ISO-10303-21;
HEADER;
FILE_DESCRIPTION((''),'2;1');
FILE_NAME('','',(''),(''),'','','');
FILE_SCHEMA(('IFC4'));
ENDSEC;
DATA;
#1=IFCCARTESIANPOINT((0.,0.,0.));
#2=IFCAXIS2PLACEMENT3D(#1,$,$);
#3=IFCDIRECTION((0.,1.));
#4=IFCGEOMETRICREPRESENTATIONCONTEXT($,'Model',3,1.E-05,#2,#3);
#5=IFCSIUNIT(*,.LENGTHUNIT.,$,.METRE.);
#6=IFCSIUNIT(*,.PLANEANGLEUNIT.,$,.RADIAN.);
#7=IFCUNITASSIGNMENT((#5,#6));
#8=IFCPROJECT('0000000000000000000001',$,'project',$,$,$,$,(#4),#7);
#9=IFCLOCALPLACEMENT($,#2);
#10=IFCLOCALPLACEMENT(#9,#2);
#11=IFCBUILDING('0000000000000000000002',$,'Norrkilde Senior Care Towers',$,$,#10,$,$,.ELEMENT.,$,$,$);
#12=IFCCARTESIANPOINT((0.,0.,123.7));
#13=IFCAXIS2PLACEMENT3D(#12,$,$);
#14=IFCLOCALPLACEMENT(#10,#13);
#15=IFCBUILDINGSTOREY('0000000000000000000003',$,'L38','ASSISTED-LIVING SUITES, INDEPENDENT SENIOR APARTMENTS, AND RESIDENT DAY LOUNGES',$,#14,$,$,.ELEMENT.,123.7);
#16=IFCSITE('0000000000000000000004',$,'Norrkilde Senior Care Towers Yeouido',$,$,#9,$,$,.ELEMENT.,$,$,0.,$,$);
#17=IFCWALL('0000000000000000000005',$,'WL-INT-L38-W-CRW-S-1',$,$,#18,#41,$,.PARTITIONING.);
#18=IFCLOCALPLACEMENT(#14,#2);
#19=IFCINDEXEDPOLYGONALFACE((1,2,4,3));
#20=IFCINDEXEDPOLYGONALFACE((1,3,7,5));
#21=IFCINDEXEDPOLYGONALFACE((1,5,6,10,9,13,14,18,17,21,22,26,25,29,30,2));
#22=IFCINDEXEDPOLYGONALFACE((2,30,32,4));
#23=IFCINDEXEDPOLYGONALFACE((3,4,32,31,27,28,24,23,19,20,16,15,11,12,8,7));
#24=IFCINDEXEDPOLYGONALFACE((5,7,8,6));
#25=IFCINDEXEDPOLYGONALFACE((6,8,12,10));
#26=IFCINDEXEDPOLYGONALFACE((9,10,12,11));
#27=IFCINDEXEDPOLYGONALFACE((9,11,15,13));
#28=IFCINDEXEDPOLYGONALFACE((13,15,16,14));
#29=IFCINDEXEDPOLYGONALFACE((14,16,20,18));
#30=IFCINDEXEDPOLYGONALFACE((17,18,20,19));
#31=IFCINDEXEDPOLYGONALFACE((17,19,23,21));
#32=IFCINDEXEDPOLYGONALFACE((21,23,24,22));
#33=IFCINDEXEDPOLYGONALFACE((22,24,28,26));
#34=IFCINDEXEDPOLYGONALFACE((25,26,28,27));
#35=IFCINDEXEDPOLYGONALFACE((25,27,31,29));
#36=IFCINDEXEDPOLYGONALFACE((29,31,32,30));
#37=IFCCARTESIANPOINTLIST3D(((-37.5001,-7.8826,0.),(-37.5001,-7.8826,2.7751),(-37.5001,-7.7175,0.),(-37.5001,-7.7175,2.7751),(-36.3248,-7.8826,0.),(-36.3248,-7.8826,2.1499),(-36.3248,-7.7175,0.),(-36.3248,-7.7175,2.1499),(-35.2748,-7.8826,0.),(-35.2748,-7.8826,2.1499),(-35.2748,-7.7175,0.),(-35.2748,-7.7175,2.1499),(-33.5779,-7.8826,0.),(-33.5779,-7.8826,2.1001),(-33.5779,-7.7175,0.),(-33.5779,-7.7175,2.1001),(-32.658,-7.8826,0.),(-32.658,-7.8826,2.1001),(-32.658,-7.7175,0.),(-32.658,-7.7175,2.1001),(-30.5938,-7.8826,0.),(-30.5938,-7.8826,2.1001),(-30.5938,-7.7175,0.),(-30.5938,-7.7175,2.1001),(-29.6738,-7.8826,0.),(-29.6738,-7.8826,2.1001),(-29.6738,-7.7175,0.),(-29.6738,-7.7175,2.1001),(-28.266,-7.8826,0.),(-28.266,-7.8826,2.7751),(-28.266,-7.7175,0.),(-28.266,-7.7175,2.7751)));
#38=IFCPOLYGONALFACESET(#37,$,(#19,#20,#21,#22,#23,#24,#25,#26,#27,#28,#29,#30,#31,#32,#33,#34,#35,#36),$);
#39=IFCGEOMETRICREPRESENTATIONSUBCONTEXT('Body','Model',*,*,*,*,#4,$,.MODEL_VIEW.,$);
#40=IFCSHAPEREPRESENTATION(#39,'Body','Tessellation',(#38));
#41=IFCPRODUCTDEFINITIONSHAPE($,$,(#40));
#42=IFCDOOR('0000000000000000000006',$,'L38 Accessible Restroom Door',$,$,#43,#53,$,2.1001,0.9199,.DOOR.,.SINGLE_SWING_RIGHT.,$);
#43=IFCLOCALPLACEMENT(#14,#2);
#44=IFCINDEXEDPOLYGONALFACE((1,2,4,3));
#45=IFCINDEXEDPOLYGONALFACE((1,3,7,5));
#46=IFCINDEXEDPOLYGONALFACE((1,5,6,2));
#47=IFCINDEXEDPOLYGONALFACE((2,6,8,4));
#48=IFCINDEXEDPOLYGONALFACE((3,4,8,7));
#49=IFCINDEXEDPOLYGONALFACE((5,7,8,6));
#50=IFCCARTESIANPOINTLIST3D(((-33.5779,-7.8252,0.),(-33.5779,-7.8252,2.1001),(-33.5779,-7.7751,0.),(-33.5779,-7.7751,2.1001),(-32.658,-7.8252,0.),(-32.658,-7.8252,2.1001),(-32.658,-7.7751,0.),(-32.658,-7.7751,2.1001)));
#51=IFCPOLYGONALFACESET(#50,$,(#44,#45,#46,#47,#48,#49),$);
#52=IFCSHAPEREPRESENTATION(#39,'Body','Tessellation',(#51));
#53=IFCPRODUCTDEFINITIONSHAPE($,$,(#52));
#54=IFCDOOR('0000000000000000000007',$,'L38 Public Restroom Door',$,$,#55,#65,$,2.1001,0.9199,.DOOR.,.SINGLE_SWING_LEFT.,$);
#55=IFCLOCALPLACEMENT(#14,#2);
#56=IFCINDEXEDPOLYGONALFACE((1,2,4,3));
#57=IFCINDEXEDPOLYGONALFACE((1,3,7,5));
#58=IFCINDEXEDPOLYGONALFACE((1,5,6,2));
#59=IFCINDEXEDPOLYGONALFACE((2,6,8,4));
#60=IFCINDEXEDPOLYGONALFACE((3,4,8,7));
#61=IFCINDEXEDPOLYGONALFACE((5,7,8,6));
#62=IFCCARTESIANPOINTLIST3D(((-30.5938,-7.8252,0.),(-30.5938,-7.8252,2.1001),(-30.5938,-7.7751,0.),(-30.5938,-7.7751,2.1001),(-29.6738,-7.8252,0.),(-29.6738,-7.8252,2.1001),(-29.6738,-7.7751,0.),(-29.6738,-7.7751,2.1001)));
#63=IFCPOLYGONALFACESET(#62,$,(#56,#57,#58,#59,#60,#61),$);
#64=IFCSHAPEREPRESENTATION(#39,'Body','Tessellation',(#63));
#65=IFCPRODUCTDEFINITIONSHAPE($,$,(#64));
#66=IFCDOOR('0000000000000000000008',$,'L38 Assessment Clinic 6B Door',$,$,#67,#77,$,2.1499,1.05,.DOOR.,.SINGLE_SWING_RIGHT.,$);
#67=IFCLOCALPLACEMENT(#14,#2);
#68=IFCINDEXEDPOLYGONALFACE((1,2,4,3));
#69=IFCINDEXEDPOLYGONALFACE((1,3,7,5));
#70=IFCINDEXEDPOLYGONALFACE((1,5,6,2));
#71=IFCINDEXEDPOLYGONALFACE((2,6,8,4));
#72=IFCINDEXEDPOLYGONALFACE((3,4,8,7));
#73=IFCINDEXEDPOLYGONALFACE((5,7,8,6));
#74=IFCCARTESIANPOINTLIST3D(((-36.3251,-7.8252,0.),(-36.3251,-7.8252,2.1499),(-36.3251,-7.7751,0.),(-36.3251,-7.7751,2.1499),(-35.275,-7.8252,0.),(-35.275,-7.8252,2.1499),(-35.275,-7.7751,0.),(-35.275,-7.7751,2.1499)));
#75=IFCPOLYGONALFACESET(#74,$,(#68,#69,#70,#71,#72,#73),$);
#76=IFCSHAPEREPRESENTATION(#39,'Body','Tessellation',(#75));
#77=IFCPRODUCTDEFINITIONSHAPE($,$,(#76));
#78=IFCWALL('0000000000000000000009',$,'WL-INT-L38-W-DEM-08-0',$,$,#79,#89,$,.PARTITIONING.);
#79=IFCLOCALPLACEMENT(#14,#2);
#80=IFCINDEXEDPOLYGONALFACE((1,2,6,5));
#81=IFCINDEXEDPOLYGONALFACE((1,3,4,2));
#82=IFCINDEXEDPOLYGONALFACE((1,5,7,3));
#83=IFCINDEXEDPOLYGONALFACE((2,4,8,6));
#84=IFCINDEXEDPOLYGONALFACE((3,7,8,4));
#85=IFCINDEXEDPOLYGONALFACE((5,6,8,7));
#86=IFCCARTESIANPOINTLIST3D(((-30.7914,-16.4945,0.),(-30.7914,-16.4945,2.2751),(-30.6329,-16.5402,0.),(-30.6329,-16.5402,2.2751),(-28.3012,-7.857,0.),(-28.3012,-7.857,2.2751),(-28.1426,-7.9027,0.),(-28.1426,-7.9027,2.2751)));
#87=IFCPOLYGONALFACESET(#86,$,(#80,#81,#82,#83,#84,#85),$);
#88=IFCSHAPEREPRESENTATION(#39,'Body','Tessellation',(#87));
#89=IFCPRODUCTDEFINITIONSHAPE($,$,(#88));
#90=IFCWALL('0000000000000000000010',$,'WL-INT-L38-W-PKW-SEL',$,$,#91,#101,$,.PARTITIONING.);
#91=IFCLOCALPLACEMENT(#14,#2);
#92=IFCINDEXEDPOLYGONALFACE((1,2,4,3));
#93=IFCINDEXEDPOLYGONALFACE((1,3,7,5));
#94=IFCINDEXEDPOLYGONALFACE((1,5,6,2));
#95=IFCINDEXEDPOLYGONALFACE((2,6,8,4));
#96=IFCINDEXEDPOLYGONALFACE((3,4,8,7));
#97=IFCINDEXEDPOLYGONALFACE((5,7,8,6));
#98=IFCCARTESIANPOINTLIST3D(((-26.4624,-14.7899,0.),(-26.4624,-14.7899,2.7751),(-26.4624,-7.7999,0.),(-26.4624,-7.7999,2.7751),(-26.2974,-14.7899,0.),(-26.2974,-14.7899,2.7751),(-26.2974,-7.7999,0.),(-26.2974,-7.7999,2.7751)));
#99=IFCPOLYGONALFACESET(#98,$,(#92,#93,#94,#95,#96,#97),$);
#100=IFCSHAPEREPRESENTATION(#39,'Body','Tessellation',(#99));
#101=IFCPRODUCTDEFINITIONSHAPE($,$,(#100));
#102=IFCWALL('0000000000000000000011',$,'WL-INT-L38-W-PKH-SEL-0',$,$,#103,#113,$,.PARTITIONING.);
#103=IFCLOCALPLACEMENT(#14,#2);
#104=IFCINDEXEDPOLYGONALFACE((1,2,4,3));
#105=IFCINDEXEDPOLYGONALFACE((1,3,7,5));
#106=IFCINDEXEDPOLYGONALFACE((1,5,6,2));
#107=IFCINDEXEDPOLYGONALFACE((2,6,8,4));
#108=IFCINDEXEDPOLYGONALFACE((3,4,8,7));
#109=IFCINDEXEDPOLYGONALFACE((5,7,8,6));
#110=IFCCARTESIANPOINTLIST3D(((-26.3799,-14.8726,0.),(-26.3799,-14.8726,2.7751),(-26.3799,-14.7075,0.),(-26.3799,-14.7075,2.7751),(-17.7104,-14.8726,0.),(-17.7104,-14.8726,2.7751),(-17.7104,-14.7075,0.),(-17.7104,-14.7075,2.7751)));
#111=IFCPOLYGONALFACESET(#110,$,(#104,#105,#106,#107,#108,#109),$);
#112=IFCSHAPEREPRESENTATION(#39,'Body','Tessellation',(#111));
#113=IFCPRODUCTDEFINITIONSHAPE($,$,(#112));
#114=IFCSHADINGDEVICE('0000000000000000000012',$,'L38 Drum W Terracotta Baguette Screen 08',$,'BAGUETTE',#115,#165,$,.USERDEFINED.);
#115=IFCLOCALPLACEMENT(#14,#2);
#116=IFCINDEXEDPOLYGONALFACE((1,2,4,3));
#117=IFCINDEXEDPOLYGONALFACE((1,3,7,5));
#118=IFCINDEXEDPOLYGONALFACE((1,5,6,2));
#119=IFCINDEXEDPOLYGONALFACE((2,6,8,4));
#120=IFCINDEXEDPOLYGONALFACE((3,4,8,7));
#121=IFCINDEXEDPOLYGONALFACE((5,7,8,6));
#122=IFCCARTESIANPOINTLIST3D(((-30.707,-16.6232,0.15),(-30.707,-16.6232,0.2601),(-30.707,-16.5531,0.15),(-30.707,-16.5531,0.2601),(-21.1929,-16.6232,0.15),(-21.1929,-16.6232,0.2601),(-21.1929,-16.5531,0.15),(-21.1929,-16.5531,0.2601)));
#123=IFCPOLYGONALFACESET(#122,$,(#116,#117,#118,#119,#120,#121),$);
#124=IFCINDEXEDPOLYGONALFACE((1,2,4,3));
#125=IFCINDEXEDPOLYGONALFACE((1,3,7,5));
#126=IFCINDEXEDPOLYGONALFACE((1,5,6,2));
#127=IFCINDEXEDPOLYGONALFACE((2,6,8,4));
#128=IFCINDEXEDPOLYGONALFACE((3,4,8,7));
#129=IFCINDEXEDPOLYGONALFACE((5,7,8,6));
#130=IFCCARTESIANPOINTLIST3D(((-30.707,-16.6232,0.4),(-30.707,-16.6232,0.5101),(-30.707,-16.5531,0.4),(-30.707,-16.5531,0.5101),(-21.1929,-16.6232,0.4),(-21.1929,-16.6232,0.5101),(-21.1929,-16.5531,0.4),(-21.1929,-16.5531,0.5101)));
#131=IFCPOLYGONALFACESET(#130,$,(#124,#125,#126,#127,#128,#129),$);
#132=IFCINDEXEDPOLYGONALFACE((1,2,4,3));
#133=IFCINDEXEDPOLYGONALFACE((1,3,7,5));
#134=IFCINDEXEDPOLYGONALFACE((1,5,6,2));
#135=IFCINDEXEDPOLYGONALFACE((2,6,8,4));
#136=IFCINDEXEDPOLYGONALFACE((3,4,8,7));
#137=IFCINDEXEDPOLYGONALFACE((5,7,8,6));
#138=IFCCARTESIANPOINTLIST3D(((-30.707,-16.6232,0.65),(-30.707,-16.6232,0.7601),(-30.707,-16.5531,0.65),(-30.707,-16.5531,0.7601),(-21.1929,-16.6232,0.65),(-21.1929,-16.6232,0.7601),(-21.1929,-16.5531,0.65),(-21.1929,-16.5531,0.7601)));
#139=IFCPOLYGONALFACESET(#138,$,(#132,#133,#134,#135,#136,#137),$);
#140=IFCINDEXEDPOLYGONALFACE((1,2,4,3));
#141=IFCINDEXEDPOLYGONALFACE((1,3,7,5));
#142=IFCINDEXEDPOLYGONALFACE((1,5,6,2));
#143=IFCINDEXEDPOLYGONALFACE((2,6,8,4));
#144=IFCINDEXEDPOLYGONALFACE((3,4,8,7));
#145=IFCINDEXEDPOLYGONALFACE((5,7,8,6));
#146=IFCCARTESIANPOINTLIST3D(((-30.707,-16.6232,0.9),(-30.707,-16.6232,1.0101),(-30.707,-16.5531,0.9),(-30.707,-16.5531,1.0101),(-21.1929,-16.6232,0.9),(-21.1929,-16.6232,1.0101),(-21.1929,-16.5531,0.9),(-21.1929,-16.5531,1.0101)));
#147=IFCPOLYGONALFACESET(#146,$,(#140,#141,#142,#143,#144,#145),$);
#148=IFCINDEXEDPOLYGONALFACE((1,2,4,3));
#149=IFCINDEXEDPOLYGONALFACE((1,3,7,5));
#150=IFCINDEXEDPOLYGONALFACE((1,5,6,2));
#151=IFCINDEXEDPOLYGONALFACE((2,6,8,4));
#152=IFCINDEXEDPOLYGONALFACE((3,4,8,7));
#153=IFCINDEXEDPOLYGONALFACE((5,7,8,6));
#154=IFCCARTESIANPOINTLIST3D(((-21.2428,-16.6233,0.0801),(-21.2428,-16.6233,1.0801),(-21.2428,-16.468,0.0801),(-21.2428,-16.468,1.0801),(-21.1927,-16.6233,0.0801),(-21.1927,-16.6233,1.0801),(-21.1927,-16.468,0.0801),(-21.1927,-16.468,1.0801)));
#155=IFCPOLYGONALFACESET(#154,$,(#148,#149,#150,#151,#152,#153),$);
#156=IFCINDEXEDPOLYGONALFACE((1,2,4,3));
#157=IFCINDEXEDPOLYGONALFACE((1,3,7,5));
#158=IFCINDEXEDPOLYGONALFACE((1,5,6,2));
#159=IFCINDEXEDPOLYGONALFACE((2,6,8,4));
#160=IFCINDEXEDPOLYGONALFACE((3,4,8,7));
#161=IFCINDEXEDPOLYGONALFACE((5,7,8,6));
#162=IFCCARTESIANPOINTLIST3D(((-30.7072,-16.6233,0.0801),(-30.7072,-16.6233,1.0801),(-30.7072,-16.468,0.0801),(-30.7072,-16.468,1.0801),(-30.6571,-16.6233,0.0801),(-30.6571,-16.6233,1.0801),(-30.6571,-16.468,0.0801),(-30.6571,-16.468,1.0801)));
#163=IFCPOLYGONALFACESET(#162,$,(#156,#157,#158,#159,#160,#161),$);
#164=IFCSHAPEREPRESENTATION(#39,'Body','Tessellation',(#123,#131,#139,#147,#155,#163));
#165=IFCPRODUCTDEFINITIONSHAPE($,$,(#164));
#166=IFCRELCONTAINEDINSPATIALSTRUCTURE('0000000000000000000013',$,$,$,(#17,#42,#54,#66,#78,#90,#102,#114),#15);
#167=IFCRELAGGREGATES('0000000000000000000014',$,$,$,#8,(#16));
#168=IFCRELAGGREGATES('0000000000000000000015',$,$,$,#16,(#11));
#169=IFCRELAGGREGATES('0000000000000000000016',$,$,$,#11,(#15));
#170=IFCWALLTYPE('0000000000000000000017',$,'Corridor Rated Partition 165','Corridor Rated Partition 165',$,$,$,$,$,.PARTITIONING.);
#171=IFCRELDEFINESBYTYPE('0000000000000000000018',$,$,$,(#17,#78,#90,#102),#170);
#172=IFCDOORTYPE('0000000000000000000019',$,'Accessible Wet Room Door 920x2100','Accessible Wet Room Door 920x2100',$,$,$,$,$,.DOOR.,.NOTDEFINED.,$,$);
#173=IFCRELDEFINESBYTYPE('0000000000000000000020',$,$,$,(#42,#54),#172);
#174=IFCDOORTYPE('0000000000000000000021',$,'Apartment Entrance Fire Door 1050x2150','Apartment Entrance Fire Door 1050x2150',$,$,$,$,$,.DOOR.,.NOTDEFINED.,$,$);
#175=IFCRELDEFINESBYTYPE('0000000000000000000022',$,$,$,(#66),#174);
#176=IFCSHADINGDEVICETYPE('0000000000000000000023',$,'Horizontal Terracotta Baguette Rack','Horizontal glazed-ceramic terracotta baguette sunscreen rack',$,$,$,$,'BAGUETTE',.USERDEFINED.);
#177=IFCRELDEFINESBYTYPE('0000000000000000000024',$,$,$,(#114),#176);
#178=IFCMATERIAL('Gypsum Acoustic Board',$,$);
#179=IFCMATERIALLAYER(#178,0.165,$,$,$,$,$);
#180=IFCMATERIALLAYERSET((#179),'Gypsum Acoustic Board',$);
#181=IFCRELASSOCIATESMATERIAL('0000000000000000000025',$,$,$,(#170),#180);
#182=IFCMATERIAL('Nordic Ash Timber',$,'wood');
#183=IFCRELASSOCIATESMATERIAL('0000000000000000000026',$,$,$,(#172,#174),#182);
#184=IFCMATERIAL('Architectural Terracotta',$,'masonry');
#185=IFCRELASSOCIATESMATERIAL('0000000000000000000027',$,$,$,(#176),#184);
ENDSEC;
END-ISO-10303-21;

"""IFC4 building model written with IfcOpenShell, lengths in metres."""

from ifc_helpers import new_model, si_unit, direction, frame, frame_2d, origin, origin_2d, place, context, subcontext, project, spatial, rectangle, extrude, source, transform, mapped, material, layer, layer_set, type_object, type_shapes, element, fill, save


model = new_model("IFC4")

# Units and contexts
model_context = context("Model", 3, precision=1e-05, world=origin(), true_north=direction((0.0, 1.0)))
body_context = subcontext(model_context, "Body", "Model", "MODEL_VIEW")
ifc_project = project(units=[si_unit("LENGTHUNIT", "METRE"), si_unit("PLANEANGLEUNIT", "RADIAN")], contexts=[model_context])

# Site, building, storey
site_placement = place(None, origin())
site = spatial("IfcSite", under=ifc_project, at=site_placement, Name="Norrkilde Senior Care Towers Yeouido", CompositionType="ELEMENT", RefElevation=0.0)
building_placement = place(site_placement, origin())
building = spatial("IfcBuilding", under=site, at=building_placement, Name="Norrkilde Senior Care Towers", CompositionType="ELEMENT")
storey_placement = place(building_placement, frame((0.0, 0.0, 123.7)))
storey = spatial("IfcBuildingStorey", under=building, at=storey_placement, Name="L38", Description="ASSISTED-LIVING SUITES, INDEPENDENT SENIOR APARTMENTS, AND RESIDENT DAY LOUNGES", CompositionType="ELEMENT", Elevation=123.7)

# Shared definitions
ifc_material_1 = material(Name="Gypsum Acoustic Board")
ifc_layer_1 = layer(ifc_material_1, 0.165)
ifc_layer_set_1 = layer_set([ifc_layer_1], Name="Gypsum Acoustic Board")
wall_type_1 = type_object("IfcWallType", Name="Corridor Rated Partition 165", Description="Corridor Rated Partition 165", PredefinedType="PARTITIONING", material=ifc_layer_set_1)

# Wall, openings, doors
shared_shape_1 = source(origin(), body_context, "Body", "SweptSolid", [
    extrude(rectangle(XDim=9.2341, YDim=0.165, at=frame_2d((4.6172, 0.0))), origin(), (0.0, 0.0, 1.0), 2.7751),
])
wall_1_placement = place(storey_placement, frame((-28.2659, -7.8, 0.0), z_axis=(0.0, 0.0, 1.0), x_axis=(-1.0, 0.0, 0.0)))
wall_1 = element("IfcWall", 1, at=wall_1_placement, inside=storey, type_object=wall_type_1, Name="WL-INT-L38-W-CRW-S-1", PredefinedType="PARTITIONING", context=body_context, shape_type="MappedRepresentation", body=[
    mapped(shared_shape_1, transform((0.0, 0.0, 0.0), x_axis=(1.0, 0.0, 0.0), y_axis=(0.0, 1.0, 0.0), z_axis=(0.0, 0.0, 1.0), scale=1.0)),
])
opening_1_placement = place(wall_1_placement, frame((7.009, 0.0, 0.0)))
opening_1 = element("IfcOpeningElement", 2, at=opening_1_placement, cuts=wall_1, PredefinedType="OPENING", context=body_context, shape_type="SweptSolid", body=[
    extrude(rectangle(XDim=1.05, YDim=2.1499, at=frame_2d((0.5249, 1.075))), frame((0.0, 0.0925, 0.0), z_axis=(0.0, -1.0, 0.0), x_axis=(1.0, 0.0, 0.0)), (0.0, 0.0, 1.0), 0.1851),
])
opening_2_placement = place(wall_1_placement, frame((4.3921, 0.0, 0.0)))
opening_2 = element("IfcOpeningElement", 3, at=opening_2_placement, cuts=wall_1, PredefinedType="OPENING", context=body_context, shape_type="SweptSolid", body=[
    extrude(rectangle(XDim=0.9199, YDim=2.1001, at=frame_2d((0.46, 1.05))), frame((0.0, 0.0925, 0.0), z_axis=(0.0, -1.0, 0.0), x_axis=(1.0, 0.0, 0.0)), (0.0, 0.0, 1.0), 0.1851),
])
opening_3_placement = place(wall_1_placement, frame((1.408, 0.0, 0.0)))
opening_3 = element("IfcOpeningElement", 4, at=opening_3_placement, cuts=wall_1, PredefinedType="OPENING", context=body_context, shape_type="SweptSolid", body=[
    extrude(rectangle(XDim=0.9199, YDim=2.1001, at=frame_2d((0.46, 1.05))), frame((0.0, 0.0925, 0.0), z_axis=(0.0, -1.0, 0.0), x_axis=(1.0, 0.0, 0.0)), (0.0, 0.0, 1.0), 0.1851),
])
ifc_material_2 = material(Name="Nordic Ash Timber", Category="wood")
door_type_1 = type_object("IfcDoorType", Name="Accessible Wet Room Door 920x2100", Description="Accessible Wet Room Door 920x2100", OperationType="NOTDEFINED", PredefinedType="DOOR", material=ifc_material_2)
shared_shape_2 = source(origin(), body_context, "Body", "SweptSolid", [
    extrude(rectangle(XDim=0.9199, YDim=2.1001, at=frame_2d((0.46, 1.05))), frame((0.0, 0.0249, 0.0), z_axis=(0.0, -1.0, 0.0), x_axis=(1.0, 0.0, 0.0)), (0.0, 0.0, 1.0), 0.05),
])
type_shapes(door_type_1, [shared_shape_2])
door_1_placement = place(opening_2_placement, frame((0.9199, 0.0, 0.0), z_axis=(0.0, 0.0, 1.0), x_axis=(-1.0, 0.0, 0.0)))
door_1 = element("IfcDoor", 5, at=door_1_placement, inside=storey, type_object=door_type_1, Name="L38 Accessible Restroom Door", OperationType="SINGLE_SWING_RIGHT", OverallHeight=2.1001, OverallWidth=0.9199, PredefinedType="DOOR", context=body_context, shape_type="MappedRepresentation", body=[
    mapped(shared_shape_2, transform((0.0, 0.0, 0.0), x_axis=(1.0, 0.0, 0.0), y_axis=(0.0, 1.0, 0.0), z_axis=(0.0, 0.0, 1.0), scale=1.0)),
])
fill(opening_2, door_1)
door_2_placement = place(opening_3_placement, frame((0.9199, 0.0, 0.0), z_axis=(0.0, 0.0, 1.0), x_axis=(-1.0, 0.0, 0.0)))
door_2 = element("IfcDoor", 6, at=door_2_placement, inside=storey, type_object=door_type_1, Name="L38 Public Restroom Door", OperationType="SINGLE_SWING_LEFT", OverallHeight=2.1001, OverallWidth=0.9199, PredefinedType="DOOR", context=body_context, shape_type="MappedRepresentation", body=[
    mapped(shared_shape_2, transform((0.0, 0.0, 0.0), x_axis=(1.0, 0.0, 0.0), y_axis=(0.0, 1.0, 0.0), z_axis=(0.0, 0.0, 1.0), scale=1.0)),
])
fill(opening_3, door_2)
door_type_2 = type_object("IfcDoorType", Name="Apartment Entrance Fire Door 1050x2150", Description="Apartment Entrance Fire Door 1050x2150", OperationType="NOTDEFINED", PredefinedType="DOOR", material=ifc_material_2)
shared_shape_3 = source(origin(), body_context, "Body", "SweptSolid", [
    extrude(rectangle(XDim=1.05, YDim=2.1499, at=frame_2d((0.5249, 1.075))), frame((0.0, 0.0249, 0.0), z_axis=(0.0, -1.0, 0.0), x_axis=(1.0, 0.0, 0.0)), (0.0, 0.0, 1.0), 0.05),
])
type_shapes(door_type_2, [shared_shape_3])
door_3_placement = place(opening_1_placement, frame((1.05, 0.0, 0.0), z_axis=(0.0, 0.0, 1.0), x_axis=(-1.0, 0.0, 0.0)))
door_3 = element("IfcDoor", 7, at=door_3_placement, inside=storey, type_object=door_type_2, Name="L38 Assessment Clinic 6B Door", OperationType="SINGLE_SWING_RIGHT", OverallHeight=2.1499, OverallWidth=1.05, PredefinedType="DOOR", context=body_context, shape_type="MappedRepresentation", body=[
    mapped(shared_shape_3, transform((0.0, 0.0, 0.0), x_axis=(1.0, 0.0, 0.0), y_axis=(0.0, 1.0, 0.0), z_axis=(0.0, 0.0, 1.0), scale=1.0)),
])
fill(opening_1, door_3)

# Walls
shared_shape_4 = source(origin(), body_context, "Body", "SweptSolid", [
    extrude(rectangle(XDim=8.9893, YDim=0.165, at=frame_2d((4.4946, 0.0))), origin(), (0.0, 0.0, 1.0), 2.2751),
])
wall_2_placement = place(storey_placement, frame((-28.2219, -7.8799, 0.0), z_axis=(0.0, 0.0, 1.0), x_axis=(-0.277023, -0.960863, 0.0)))
element("IfcWall", 8, at=wall_2_placement, inside=storey, type_object=wall_type_1, Name="WL-INT-L38-W-DEM-08-0", PredefinedType="PARTITIONING", context=body_context, shape_type="MappedRepresentation", body=[
    mapped(shared_shape_4, transform((0.0, 0.0, 0.0), x_axis=(1.0, 0.0, 0.0), y_axis=(0.0, 1.0, 0.0), z_axis=(0.0, 0.0, 1.0), scale=1.0)),
])
shared_shape_5 = source(origin(), body_context, "Body", "SweptSolid", [
    extrude(rectangle(XDim=6.99, YDim=0.165, at=frame_2d((3.4951, 0.0))), origin(), (0.0, 0.0, 1.0), 2.7751),
])
wall_3_placement = place(storey_placement, frame((-26.3799, -14.79, 0.0), z_axis=(0.0, 0.0, 1.0), x_axis=(0.0, 1.0, 0.0)))
element("IfcWall", 9, at=wall_3_placement, inside=storey, type_object=wall_type_1, Name="WL-INT-L38-W-PKW-SEL", PredefinedType="PARTITIONING", context=body_context, shape_type="MappedRepresentation", body=[
    mapped(shared_shape_5, transform((0.0, 0.0, 0.0), x_axis=(1.0, 0.0, 0.0), y_axis=(0.0, 1.0, 0.0), z_axis=(0.0, 0.0, 1.0), scale=1.0)),
])
shared_shape_6 = source(origin(), body_context, "Body", "SweptSolid", [
    extrude(rectangle(XDim=8.6694, YDim=0.165, at=frame_2d((4.3347, 0.0))), origin(), (0.0, 0.0, 1.0), 2.7751),
])
wall_4_placement = place(storey_placement, frame((-26.3799, -14.79, 0.0), z_axis=(0.0, 0.0, 1.0), x_axis=(1.0, 0.0, 0.0)))
element("IfcWall", 10, at=wall_4_placement, inside=storey, type_object=wall_type_1, Name="WL-INT-L38-W-PKH-SEL-0", PredefinedType="PARTITIONING", context=body_context, shape_type="MappedRepresentation", body=[
    mapped(shared_shape_6, transform((0.0, 0.0, 0.0), x_axis=(1.0, 0.0, 0.0), y_axis=(0.0, 1.0, 0.0), z_axis=(0.0, 0.0, 1.0), scale=1.0)),
])

# Shading device
ifc_material_3 = material(Name="Architectural Terracotta", Category="masonry")
shading_device_type = type_object("IfcShadingDeviceType", Name="Horizontal Terracotta Baguette Rack", Description="Horizontal glazed-ceramic terracotta baguette sunscreen rack", ElementType="BAGUETTE", PredefinedType="USERDEFINED", material=ifc_material_3)
shared_shape_7 = source(origin(), body_context, "Body", "SweptSolid", [
    extrude(rectangle(XDim=0.0701, YDim=0.1101, at=origin_2d()), frame((0.0, 0.0901, 0.125), z_axis=(1.0, 0.0, 0.0), x_axis=(0.0, 1.0, 0.0)), (0.0, 0.0, 1.0), 9.5142),
    extrude(rectangle(XDim=0.0701, YDim=0.1101, at=origin_2d()), frame((0.0, 0.0901, 0.375), z_axis=(1.0, 0.0, 0.0), x_axis=(0.0, 1.0, 0.0)), (0.0, 0.0, 1.0), 9.5142),
    extrude(rectangle(XDim=0.0701, YDim=0.1101, at=origin_2d()), frame((0.0, 0.0901, 0.625), z_axis=(1.0, 0.0, 0.0), x_axis=(0.0, 1.0, 0.0)), (0.0, 0.0, 1.0), 9.5142),
    extrude(rectangle(XDim=0.0701, YDim=0.1101, at=origin_2d()), frame((0.0, 0.0901, 0.875), z_axis=(1.0, 0.0, 0.0), x_axis=(0.0, 1.0, 0.0)), (0.0, 0.0, 1.0), 9.5142),
    extrude(rectangle(XDim=0.05, YDim=0.1553, at=origin_2d()), frame((0.0249, 0.0476, 0.0)), (0.0, 0.0, 1.0), 1.0),
    extrude(rectangle(XDim=0.05, YDim=0.1553, at=origin_2d()), frame((9.4893, 0.0476, 0.0)), (0.0, 0.0, 1.0), 1.0),
])
type_shapes(shading_device_type, [shared_shape_7])
shading_device_placement = place(storey_placement, frame((-21.1929, -16.498, 0.0801), z_axis=(0.0, 0.0, 1.0), x_axis=(-1.0, 0.0, 0.0)))
element("IfcShadingDevice", 11, at=shading_device_placement, inside=storey, type_object=shading_device_type, Name="L38 Drum W Terracotta Baguette Screen 08", ObjectType="BAGUETTE", PredefinedType="USERDEFINED", context=body_context, shape_type="MappedRepresentation", body=[
    mapped(shared_shape_7, transform((0.0, 0.0, 0.0), x_axis=(1.0, 0.0, 0.0), y_axis=(0.0, 1.0, 0.0), z_axis=(0.0, 0.0, 1.0), scale=1.0)),
])

save(model, "model.ifc")
